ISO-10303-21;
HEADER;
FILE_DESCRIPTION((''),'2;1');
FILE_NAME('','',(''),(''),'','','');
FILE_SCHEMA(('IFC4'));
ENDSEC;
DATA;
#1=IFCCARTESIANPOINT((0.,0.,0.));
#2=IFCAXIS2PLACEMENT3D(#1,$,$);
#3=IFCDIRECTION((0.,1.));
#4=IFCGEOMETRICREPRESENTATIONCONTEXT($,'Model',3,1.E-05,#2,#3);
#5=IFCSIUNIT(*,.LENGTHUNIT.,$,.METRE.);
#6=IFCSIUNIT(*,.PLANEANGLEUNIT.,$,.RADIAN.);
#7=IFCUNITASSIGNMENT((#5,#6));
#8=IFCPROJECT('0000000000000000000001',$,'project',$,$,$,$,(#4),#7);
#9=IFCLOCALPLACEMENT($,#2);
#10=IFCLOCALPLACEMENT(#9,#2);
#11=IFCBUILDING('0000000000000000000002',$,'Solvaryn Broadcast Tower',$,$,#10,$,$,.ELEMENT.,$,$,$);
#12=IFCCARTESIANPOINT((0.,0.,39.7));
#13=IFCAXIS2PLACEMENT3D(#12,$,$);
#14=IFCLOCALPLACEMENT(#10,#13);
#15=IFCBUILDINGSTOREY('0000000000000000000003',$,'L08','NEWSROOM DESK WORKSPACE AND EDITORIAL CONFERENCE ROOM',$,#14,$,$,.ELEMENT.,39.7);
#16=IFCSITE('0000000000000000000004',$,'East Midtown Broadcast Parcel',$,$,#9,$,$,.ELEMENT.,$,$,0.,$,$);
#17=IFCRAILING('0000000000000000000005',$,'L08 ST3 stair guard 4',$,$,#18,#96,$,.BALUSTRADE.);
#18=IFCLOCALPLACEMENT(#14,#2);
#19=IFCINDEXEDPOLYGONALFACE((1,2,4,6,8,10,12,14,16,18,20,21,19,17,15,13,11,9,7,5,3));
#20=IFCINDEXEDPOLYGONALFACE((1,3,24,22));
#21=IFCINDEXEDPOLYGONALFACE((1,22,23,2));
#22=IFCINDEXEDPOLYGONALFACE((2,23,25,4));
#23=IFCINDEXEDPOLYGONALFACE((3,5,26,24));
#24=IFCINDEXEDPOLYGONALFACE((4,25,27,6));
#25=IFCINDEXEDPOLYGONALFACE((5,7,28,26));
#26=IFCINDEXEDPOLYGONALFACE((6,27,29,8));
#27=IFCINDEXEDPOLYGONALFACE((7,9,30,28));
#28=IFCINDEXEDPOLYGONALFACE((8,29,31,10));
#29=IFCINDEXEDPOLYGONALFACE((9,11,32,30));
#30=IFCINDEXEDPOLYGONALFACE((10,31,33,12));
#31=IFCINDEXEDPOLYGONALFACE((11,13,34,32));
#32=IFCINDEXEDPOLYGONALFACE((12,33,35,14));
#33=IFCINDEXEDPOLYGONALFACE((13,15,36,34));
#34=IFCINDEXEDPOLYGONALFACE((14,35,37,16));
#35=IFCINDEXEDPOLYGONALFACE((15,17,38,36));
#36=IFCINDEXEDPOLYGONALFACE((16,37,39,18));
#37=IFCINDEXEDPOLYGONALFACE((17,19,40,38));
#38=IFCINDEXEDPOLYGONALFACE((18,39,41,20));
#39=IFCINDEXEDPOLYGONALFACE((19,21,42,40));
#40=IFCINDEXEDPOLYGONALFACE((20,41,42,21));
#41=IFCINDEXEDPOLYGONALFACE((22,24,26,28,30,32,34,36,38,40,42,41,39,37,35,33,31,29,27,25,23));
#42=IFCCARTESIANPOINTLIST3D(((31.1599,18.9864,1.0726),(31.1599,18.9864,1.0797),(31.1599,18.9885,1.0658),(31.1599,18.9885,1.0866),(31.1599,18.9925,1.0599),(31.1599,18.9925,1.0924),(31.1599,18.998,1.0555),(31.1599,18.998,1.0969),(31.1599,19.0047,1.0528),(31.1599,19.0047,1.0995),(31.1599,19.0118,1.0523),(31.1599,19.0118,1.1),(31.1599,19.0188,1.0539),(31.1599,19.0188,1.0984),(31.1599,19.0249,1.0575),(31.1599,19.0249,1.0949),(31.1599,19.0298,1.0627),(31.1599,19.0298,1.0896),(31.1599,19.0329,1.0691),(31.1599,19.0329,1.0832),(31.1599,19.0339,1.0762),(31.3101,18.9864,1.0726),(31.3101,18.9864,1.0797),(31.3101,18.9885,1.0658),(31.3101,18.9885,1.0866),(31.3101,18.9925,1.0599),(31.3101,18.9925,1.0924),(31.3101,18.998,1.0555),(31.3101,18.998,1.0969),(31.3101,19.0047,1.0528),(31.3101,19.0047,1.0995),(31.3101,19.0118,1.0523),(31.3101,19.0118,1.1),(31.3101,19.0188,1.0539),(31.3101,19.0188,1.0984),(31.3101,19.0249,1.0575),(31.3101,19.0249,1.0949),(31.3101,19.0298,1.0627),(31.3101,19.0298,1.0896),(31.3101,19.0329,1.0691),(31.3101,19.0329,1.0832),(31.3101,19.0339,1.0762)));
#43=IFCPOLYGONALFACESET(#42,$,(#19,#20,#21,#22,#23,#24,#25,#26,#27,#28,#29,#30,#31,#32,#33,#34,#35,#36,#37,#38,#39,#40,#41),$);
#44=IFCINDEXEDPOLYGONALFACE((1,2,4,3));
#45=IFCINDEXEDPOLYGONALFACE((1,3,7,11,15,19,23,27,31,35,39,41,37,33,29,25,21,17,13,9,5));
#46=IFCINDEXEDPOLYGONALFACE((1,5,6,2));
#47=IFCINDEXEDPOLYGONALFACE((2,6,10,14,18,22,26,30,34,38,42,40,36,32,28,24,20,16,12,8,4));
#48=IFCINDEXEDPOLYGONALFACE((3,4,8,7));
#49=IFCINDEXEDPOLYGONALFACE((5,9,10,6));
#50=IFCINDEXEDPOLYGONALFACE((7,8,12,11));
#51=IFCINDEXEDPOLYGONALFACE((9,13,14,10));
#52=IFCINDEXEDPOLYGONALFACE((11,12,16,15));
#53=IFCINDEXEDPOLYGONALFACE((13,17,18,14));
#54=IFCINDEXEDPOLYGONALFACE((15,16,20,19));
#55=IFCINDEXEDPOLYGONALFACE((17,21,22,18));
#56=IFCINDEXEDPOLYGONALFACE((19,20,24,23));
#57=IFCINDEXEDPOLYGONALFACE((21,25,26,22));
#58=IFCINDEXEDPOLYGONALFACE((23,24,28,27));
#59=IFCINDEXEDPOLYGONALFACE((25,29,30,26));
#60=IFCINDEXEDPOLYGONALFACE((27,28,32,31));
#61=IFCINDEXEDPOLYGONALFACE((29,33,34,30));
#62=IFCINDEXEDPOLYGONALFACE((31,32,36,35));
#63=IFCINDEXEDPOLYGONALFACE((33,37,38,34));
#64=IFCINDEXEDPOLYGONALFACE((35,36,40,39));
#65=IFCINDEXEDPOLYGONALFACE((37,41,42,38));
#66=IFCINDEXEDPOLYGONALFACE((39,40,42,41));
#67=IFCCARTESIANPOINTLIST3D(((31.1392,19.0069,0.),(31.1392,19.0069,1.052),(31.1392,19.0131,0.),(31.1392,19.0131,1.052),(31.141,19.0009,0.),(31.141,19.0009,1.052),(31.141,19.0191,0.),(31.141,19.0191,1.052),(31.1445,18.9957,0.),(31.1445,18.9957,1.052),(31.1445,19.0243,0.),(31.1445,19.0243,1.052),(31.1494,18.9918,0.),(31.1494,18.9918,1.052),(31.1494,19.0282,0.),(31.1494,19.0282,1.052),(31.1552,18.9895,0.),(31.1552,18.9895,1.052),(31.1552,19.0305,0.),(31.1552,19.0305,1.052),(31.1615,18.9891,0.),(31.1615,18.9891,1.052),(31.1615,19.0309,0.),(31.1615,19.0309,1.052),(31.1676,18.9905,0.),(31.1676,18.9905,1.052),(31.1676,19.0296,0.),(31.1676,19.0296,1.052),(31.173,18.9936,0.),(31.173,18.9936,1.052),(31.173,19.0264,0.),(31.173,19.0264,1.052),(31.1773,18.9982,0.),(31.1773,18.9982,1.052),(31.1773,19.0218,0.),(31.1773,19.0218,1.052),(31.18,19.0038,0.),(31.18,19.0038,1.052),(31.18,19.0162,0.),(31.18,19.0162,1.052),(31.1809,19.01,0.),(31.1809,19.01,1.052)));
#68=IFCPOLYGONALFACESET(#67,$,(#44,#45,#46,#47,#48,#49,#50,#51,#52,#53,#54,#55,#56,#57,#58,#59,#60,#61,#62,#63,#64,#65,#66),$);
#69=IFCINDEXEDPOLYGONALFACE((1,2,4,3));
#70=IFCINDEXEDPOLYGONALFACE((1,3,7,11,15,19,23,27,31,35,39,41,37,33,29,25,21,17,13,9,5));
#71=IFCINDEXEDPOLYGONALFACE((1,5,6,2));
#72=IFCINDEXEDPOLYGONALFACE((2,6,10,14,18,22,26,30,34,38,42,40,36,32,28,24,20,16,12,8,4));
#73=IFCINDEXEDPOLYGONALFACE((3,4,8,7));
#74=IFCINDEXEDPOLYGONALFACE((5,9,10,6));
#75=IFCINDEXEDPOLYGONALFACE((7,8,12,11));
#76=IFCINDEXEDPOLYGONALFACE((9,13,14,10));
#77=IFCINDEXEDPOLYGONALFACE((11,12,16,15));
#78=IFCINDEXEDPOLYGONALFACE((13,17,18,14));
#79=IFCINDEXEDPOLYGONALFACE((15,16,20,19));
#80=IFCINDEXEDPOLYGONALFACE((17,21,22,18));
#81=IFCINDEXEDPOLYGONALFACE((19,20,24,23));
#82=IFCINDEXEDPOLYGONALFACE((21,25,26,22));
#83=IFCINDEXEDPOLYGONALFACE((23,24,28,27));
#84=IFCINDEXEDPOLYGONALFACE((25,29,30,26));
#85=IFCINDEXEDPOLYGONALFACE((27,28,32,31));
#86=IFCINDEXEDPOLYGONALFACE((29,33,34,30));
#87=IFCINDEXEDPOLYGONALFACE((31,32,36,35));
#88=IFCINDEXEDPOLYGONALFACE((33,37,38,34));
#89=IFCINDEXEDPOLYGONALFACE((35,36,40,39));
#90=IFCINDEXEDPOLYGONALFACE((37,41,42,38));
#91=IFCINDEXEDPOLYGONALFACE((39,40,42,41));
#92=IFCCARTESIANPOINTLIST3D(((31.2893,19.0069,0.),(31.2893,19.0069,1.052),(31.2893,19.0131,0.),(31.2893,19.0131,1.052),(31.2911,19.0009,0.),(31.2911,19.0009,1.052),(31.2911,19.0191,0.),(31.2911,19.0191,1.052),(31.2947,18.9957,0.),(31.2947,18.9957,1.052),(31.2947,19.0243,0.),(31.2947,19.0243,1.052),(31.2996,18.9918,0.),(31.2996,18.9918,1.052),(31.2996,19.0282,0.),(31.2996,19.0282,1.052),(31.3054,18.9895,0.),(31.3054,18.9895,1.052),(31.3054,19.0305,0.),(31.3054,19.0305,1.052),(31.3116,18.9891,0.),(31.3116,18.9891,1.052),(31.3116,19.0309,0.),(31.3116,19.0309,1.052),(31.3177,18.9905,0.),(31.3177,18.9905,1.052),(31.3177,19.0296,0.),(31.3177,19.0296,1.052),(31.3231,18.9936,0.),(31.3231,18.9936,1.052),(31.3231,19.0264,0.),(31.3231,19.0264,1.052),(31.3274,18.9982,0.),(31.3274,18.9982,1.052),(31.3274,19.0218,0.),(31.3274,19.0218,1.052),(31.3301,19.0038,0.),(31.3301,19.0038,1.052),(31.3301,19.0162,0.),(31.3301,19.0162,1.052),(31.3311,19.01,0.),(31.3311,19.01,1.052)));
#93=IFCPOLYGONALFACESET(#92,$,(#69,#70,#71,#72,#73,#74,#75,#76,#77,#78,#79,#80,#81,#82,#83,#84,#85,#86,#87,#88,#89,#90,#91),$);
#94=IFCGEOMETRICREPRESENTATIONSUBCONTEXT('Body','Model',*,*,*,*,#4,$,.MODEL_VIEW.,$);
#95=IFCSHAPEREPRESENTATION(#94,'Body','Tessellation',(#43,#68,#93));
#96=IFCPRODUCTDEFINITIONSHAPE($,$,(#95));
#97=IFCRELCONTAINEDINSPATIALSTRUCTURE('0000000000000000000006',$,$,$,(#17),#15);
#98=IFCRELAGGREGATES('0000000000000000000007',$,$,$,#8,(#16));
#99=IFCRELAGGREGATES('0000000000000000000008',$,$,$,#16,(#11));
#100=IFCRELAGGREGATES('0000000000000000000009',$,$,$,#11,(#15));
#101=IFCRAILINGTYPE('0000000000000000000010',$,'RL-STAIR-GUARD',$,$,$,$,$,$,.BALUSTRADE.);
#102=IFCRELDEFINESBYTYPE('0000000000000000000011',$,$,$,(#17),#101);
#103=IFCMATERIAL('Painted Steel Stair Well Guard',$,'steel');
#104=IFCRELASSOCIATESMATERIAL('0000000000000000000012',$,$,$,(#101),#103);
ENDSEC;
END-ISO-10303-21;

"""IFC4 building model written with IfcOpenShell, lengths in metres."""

from ifc_helpers import new_model, si_unit, direction, frame, origin, origin_2d, place, context, subcontext, project, spatial, circle, extrude, material, type_object, element, save


model = new_model("IFC4")

# Units and contexts
model_context = context("Model", 3, precision=1e-05, world=origin(), true_north=direction((0.0, 1.0)))
body_context = subcontext(model_context, "Body", "Model", "MODEL_VIEW")
ifc_project = project(units=[si_unit("LENGTHUNIT", "METRE"), si_unit("PLANEANGLEUNIT", "RADIAN")], contexts=[model_context])

# Site, building, storey
site_placement = place(None, origin())
site = spatial("IfcSite", under=ifc_project, at=site_placement, Name="East Midtown Broadcast Parcel", CompositionType="ELEMENT", RefElevation=0.0)
building_placement = place(site_placement, origin())
building = spatial("IfcBuilding", under=site, at=building_placement, Name="Solvaryn Broadcast Tower", CompositionType="ELEMENT")
storey_placement = place(building_placement, frame((0.0, 0.0, 39.7)))
storey = spatial("IfcBuildingStorey", under=building, at=storey_placement, Name="L08", Description="NEWSROOM DESK WORKSPACE AND EDITORIAL CONFERENCE ROOM", CompositionType="ELEMENT", Elevation=39.7)

# Railing
ifc_material_1 = material(Name="Painted Steel Stair Well Guard", Category="steel")
railing_type_1 = type_object("IfcRailingType", Name="RL-STAIR-GUARD", PredefinedType="BALUSTRADE", material=ifc_material_1)
railing_1_placement = place(storey_placement, frame((31.1599, 19.01, 0.0)))
element("IfcRailing", 1, at=railing_1_placement, inside=storey, type_object=railing_type_1, Name="L08 ST3 stair guard 4", PredefinedType="BALUSTRADE", context=body_context, shape_type="SweptSolid", body=[
    extrude(circle(Radius=0.0239, at=origin_2d()), frame((0.0, 0.0, 1.0762), z_axis=(1.0, 0.0, 0.0), x_axis=(0.0, 1.0, 0.0)), (0.0, 0.0, 1.0), 0.1501),
    extrude(circle(Radius=0.021, at=origin_2d()), origin(), (0.0, 0.0, 1.0), 1.052),
    extrude(circle(Radius=0.021, at=origin_2d()), frame((0.1501, 0.0, 0.0)), (0.0, 0.0, 1.0), 1.052),
])

save(model, "model.ifc")
